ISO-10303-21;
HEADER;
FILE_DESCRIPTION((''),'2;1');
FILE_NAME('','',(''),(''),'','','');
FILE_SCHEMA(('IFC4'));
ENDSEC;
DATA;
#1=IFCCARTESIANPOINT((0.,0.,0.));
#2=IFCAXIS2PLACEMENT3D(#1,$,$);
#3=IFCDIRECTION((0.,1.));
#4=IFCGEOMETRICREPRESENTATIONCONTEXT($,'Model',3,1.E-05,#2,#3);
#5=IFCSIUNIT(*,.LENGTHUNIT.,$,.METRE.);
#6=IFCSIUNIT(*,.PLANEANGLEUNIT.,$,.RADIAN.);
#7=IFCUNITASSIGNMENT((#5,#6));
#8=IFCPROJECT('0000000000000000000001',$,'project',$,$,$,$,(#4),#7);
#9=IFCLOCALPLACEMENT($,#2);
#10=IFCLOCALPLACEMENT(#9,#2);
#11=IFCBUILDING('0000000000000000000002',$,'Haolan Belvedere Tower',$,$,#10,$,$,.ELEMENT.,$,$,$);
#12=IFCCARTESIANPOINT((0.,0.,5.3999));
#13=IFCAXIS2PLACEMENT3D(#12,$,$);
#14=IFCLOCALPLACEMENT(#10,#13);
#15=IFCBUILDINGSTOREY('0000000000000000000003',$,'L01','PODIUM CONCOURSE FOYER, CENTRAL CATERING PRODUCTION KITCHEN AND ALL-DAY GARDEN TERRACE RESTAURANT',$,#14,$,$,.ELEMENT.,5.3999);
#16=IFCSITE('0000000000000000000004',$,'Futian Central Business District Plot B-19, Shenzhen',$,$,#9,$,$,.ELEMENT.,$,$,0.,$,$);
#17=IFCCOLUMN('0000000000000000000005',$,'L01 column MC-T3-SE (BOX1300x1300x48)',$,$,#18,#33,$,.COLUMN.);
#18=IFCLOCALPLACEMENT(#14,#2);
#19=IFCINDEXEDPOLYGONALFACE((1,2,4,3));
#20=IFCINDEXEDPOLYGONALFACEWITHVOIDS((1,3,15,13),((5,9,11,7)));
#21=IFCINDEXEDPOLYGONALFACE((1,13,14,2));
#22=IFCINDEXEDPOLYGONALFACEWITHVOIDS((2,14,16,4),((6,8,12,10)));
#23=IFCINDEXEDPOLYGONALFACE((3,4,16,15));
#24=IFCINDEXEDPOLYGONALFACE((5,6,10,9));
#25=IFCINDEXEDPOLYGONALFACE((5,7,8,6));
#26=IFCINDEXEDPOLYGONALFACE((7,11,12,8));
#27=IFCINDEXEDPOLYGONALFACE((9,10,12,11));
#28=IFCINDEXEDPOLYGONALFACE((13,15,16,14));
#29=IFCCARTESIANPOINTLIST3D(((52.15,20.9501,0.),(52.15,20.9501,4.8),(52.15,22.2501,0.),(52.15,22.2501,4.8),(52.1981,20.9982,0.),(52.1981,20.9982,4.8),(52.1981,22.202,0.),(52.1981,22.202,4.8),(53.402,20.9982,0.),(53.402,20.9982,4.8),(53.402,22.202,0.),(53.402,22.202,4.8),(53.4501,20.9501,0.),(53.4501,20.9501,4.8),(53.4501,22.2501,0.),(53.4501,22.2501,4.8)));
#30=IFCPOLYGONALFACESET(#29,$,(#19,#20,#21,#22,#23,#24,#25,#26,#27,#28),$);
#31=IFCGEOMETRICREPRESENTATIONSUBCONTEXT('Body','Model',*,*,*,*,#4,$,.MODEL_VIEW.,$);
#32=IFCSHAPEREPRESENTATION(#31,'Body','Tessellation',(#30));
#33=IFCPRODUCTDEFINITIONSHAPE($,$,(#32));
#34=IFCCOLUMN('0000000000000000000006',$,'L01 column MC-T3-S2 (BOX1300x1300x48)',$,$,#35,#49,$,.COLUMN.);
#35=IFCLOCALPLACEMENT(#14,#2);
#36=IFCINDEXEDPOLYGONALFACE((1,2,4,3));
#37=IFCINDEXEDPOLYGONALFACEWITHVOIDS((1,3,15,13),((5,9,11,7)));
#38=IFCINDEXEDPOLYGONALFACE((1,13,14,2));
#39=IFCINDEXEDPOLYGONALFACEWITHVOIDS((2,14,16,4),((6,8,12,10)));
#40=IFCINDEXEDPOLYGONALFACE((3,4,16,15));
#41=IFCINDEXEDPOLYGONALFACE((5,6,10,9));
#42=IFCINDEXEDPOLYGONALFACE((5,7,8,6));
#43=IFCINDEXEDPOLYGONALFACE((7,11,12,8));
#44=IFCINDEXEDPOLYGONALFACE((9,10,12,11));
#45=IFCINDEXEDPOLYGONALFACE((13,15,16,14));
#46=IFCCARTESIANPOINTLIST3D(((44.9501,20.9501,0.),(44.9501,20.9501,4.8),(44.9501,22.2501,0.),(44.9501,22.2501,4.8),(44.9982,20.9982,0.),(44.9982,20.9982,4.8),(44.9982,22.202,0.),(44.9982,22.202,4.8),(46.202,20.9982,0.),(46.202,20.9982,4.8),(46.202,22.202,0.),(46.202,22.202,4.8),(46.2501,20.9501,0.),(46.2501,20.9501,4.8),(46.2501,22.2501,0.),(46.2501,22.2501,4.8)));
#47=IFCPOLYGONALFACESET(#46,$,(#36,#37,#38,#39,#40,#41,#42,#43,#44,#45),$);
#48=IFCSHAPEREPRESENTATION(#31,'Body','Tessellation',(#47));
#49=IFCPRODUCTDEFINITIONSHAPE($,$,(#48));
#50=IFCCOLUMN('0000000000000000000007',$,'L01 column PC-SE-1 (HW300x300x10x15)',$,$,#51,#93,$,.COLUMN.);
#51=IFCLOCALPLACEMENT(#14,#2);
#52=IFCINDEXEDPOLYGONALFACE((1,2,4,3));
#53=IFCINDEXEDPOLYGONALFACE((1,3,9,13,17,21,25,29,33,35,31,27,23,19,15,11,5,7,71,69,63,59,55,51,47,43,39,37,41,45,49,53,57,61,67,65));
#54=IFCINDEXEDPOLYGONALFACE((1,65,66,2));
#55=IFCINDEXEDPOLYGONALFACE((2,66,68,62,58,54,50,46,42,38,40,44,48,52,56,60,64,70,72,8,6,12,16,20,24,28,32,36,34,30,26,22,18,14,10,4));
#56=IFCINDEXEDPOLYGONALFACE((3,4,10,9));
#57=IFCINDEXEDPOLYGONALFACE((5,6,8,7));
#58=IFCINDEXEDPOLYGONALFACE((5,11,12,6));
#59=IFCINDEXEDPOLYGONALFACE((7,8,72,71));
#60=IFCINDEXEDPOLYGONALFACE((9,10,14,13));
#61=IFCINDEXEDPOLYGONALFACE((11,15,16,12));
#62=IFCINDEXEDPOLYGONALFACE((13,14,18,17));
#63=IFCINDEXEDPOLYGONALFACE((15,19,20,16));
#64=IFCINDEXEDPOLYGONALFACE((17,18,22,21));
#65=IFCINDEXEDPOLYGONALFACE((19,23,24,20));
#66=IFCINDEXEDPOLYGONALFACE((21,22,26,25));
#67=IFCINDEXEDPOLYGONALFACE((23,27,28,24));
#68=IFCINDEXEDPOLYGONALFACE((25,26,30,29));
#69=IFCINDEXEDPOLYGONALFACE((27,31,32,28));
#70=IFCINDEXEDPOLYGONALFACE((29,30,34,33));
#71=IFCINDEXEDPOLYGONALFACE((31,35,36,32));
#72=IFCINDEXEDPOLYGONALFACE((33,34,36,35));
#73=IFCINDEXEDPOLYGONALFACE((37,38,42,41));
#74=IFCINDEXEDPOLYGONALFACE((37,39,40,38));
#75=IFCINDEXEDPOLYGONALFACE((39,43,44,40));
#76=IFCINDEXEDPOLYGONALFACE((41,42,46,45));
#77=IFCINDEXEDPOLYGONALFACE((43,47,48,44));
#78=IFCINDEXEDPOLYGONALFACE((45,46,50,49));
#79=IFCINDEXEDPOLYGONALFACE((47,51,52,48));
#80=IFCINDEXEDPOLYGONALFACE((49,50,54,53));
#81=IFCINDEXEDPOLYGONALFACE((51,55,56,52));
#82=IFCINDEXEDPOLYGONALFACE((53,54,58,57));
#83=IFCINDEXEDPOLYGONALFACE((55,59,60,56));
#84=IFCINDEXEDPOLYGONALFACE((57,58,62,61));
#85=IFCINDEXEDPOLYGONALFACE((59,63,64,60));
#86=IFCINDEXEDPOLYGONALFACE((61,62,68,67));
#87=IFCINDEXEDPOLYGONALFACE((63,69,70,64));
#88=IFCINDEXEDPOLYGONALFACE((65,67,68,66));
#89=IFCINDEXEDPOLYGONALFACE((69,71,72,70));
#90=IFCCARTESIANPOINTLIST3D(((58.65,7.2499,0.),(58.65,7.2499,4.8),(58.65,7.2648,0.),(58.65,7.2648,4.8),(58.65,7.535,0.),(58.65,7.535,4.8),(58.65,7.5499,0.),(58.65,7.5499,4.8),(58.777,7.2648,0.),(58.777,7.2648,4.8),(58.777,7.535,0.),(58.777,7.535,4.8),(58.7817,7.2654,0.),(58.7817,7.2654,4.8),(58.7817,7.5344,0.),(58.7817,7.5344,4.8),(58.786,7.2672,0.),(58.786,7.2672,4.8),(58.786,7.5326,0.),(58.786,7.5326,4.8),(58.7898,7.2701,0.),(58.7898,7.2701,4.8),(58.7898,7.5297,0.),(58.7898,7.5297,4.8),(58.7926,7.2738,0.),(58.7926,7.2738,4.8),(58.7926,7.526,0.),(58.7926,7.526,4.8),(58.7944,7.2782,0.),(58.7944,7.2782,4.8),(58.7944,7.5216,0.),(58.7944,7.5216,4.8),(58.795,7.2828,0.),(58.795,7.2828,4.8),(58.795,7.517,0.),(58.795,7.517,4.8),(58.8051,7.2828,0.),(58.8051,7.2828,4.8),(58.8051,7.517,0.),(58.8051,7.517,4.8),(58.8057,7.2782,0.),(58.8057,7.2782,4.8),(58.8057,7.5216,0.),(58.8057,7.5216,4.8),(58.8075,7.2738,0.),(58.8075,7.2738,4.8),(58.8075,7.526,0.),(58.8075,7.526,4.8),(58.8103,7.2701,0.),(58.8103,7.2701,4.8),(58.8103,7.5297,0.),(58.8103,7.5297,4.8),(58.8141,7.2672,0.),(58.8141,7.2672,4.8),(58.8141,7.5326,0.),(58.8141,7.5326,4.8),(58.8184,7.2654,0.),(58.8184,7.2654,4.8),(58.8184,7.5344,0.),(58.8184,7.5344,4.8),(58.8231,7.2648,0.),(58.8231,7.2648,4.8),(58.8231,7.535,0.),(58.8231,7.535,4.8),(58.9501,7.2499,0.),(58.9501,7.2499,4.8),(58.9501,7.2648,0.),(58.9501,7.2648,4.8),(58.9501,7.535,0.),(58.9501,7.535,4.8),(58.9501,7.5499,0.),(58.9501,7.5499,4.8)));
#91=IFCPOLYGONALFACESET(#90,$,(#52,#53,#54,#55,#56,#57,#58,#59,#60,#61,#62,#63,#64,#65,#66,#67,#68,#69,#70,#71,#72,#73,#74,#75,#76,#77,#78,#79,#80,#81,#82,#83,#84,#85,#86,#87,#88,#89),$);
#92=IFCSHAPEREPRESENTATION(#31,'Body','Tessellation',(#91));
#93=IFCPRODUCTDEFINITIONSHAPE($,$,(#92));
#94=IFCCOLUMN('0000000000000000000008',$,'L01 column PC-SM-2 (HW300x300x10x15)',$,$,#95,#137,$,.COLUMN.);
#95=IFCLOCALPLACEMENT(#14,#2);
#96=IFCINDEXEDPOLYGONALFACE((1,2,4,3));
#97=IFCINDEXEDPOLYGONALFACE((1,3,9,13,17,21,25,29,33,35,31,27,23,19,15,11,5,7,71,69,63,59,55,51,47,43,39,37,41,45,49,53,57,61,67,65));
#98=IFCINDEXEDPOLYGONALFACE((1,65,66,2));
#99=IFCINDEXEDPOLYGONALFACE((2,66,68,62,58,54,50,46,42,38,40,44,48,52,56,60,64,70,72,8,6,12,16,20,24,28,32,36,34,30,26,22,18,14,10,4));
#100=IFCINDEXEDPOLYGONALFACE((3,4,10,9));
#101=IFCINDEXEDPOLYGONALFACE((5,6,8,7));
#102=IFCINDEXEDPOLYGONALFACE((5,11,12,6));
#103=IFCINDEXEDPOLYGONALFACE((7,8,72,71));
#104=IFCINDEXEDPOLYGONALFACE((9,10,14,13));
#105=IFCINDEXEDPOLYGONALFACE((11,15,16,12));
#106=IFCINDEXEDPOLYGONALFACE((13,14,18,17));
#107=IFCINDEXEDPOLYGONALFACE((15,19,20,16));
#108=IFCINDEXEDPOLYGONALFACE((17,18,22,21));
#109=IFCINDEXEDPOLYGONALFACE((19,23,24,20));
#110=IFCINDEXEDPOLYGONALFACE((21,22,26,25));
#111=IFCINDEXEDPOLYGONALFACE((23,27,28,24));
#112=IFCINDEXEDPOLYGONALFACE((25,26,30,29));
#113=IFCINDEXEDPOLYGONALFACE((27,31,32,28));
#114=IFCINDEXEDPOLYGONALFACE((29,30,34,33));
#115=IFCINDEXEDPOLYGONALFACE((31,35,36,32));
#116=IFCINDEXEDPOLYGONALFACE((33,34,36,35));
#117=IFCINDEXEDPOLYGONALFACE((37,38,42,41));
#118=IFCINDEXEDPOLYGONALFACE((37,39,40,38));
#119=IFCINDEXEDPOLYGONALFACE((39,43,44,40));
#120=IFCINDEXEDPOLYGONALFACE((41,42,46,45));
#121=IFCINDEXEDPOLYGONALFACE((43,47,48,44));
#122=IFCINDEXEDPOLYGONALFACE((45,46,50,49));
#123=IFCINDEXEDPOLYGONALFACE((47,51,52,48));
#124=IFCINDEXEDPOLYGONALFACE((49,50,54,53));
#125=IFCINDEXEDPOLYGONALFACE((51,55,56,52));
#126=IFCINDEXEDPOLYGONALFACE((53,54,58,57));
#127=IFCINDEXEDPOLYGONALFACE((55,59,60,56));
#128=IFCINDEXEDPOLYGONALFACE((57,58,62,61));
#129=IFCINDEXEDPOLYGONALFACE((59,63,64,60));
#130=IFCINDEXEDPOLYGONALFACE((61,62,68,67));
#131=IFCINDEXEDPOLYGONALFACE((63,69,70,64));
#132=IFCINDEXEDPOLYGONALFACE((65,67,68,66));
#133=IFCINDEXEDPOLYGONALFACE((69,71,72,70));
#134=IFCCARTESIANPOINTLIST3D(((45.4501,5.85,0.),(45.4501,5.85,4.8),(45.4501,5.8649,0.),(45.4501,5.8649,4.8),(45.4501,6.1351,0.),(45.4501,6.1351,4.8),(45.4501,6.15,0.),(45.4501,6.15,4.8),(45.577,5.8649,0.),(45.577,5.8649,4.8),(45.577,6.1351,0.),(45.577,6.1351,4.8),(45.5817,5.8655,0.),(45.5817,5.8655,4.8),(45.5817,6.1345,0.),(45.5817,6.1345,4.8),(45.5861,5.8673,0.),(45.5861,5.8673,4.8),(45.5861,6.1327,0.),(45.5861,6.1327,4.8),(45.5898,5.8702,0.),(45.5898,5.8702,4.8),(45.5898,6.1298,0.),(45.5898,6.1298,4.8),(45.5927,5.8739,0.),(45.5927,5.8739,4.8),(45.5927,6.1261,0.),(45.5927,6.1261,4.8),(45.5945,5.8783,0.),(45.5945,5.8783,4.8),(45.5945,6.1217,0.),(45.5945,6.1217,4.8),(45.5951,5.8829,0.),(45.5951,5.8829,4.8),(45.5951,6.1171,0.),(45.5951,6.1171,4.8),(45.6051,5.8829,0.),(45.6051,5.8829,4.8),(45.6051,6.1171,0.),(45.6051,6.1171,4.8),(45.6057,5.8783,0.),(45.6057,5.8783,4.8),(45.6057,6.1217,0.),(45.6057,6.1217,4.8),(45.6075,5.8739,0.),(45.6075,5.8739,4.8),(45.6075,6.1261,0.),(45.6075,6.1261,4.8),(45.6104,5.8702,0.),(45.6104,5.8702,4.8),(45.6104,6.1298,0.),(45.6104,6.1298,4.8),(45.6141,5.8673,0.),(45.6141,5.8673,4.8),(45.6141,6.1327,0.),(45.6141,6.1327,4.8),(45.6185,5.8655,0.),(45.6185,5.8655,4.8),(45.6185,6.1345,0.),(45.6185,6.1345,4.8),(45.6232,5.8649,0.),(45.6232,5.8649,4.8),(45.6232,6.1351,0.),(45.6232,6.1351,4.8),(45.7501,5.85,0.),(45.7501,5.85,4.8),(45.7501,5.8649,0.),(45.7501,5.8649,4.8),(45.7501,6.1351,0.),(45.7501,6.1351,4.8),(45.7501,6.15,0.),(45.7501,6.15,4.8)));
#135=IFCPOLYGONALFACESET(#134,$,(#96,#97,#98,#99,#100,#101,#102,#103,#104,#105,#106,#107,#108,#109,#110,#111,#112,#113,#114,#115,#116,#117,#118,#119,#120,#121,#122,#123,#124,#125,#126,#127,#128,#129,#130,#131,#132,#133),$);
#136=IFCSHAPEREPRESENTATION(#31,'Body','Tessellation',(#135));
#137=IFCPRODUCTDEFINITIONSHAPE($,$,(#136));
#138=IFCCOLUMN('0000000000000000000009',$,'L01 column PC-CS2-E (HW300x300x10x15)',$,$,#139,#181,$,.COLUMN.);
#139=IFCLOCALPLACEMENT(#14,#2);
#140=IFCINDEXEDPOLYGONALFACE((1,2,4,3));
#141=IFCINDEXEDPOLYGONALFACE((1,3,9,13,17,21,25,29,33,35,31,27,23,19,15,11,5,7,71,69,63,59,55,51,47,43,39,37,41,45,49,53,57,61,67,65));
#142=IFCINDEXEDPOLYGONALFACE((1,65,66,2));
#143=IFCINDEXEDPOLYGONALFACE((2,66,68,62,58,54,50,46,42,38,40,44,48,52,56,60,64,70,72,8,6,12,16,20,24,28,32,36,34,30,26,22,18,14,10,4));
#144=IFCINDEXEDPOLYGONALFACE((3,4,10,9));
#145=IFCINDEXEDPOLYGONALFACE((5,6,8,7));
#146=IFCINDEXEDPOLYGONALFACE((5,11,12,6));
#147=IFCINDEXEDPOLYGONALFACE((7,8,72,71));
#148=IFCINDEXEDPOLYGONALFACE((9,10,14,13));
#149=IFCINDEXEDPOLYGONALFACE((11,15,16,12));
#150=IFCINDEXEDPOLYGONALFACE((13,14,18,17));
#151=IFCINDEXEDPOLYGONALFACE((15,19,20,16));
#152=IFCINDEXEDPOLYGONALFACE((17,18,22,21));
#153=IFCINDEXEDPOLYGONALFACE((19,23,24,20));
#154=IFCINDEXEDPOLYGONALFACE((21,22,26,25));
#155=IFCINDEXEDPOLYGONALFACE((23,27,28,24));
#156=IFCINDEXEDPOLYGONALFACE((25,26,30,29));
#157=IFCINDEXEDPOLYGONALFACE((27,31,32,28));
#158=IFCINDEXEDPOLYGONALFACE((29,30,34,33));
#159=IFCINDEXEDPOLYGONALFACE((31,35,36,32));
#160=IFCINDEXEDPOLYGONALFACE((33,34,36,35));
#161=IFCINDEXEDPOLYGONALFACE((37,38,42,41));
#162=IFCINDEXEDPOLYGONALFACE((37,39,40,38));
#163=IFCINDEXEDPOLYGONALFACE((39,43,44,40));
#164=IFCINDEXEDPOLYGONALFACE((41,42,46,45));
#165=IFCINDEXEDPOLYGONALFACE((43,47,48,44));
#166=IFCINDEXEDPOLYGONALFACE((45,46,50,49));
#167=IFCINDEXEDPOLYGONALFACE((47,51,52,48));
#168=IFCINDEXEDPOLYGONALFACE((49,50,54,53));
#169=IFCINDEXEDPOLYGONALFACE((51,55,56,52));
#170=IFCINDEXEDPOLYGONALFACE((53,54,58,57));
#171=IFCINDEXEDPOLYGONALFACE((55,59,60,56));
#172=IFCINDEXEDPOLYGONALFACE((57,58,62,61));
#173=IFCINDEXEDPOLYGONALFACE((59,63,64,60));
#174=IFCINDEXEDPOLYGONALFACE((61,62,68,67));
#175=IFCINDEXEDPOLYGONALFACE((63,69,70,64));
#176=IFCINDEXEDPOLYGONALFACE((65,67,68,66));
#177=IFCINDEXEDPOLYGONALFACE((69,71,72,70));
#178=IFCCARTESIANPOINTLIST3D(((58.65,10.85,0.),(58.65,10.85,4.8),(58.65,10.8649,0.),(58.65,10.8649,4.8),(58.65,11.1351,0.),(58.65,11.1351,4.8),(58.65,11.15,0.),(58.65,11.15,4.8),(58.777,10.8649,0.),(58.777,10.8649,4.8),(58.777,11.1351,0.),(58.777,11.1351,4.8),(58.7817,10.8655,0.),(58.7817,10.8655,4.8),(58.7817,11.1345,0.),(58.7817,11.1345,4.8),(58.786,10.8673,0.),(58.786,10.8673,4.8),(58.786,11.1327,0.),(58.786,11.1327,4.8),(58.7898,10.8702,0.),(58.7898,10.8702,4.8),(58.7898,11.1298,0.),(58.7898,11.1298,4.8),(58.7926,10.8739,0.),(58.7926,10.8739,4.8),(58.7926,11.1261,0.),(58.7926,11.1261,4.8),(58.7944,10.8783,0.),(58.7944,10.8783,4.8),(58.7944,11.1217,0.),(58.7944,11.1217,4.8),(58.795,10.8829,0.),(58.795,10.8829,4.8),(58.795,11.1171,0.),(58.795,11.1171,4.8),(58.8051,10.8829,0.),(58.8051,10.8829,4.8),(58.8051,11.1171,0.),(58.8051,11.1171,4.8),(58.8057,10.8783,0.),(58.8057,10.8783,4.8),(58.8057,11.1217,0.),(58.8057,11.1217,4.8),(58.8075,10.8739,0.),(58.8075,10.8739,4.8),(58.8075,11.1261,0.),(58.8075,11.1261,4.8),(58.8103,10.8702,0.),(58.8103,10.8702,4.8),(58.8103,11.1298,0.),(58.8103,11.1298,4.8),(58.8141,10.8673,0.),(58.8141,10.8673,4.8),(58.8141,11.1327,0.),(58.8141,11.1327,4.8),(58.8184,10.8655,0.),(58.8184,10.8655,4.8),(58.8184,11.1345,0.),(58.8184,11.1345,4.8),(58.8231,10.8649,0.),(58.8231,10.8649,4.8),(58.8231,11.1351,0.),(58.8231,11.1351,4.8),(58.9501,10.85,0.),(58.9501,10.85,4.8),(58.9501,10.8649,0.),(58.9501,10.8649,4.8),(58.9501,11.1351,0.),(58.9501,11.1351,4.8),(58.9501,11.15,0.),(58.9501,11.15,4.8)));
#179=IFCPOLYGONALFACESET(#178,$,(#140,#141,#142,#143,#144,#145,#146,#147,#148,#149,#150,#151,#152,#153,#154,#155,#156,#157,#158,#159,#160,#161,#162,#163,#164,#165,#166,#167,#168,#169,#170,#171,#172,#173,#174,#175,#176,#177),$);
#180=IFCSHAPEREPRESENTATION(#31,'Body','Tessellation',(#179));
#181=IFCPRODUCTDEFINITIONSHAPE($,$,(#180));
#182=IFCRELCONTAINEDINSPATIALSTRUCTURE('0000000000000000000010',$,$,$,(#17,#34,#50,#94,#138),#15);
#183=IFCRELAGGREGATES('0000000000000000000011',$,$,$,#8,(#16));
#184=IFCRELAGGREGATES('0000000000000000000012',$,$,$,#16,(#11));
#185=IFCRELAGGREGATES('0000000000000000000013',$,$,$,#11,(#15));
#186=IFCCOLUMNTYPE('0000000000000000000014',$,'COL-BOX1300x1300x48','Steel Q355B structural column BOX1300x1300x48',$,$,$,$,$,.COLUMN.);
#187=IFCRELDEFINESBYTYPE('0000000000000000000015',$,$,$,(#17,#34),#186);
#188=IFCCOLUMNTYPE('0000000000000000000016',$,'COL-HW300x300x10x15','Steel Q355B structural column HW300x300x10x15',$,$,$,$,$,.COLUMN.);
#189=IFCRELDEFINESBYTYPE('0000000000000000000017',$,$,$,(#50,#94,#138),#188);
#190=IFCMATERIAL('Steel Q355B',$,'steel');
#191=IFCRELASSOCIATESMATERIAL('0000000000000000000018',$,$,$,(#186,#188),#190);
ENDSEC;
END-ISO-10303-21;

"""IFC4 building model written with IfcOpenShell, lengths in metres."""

from ifc_helpers import new_model, si_unit, direction, frame, origin, origin_2d, place, context, subcontext, project, spatial, hollow_rectangle, i_section, extrude, material, material_profile, profile_set, type_object, element, save


model = new_model("IFC4")

# Units and contexts
model_context = context("Model", 3, precision=1e-05, world=origin(), true_north=direction((0.0, 1.0)))
body_context = subcontext(model_context, "Body", "Model", "MODEL_VIEW")
ifc_project = project(units=[si_unit("LENGTHUNIT", "METRE"), si_unit("PLANEANGLEUNIT", "RADIAN")], contexts=[model_context])

# Site, building, storey
site_placement = place(None, origin())
site = spatial("IfcSite", under=ifc_project, at=site_placement, Name="Futian Central Business District Plot B-19, Shenzhen", CompositionType="ELEMENT", RefElevation=0.0)
building_placement = place(site_placement, origin())
building = spatial("IfcBuilding", under=site, at=building_placement, Name="Haolan Belvedere Tower", CompositionType="ELEMENT")
storey_placement = place(building_placement, frame((0.0, 0.0, 5.3999)))
storey = spatial("IfcBuildingStorey", under=building, at=storey_placement, Name="L01", Description="PODIUM CONCOURSE FOYER, CENTRAL CATERING PRODUCTION KITCHEN AND ALL-DAY GARDEN TERRACE RESTAURANT", CompositionType="ELEMENT", Elevation=5.3999)

# Columns
ifc_material_1 = material(Name="Steel Q355B", Category="steel")
ifc_material_profile_1 = material_profile(ifc_material_1, hollow_rectangle(XDim=1.3, YDim=1.3, WallThickness=0.0481, at=origin_2d()), Name="Steel Q355B")
ifc_profile_set_1 = profile_set([ifc_material_profile_1], Name="Steel Q355B")
column_type_1 = type_object("IfcColumnType", Name="COL-BOX1300x1300x48", Description="Steel Q355B structural column BOX1300x1300x48", PredefinedType="COLUMN", material=ifc_profile_set_1)
for number, where, z_axis, x_axis, name in (
    (1, (52.8, 21.6001, 0.0), (0.0, 0.0, 1.0), (1.0, 0.0, 0.0), "L01 column MC-T3-SE (BOX1300x1300x48)"),
    (2, (45.6001, 21.6001, 0.0), (0.0, 0.0, 1.0), (1.0, 0.0, 0.0), "L01 column MC-T3-S2 (BOX1300x1300x48)"),
):
    element("IfcColumn", number, at=place(storey_placement, frame(where, z_axis=z_axis, x_axis=x_axis)), inside=storey, type_object=column_type_1, Name=name, PredefinedType="COLUMN", context=body_context, shape_type="SweptSolid", body=[
        extrude(hollow_rectangle(XDim=1.3, YDim=1.3, WallThickness=0.0481, at=origin_2d()), origin(), (0.0, 0.0, 1.0), 4.8),
    ])
ifc_material_profile_2 = material_profile(ifc_material_1, i_section(OverallWidth=0.3, OverallDepth=0.3, WebThickness=0.01, FlangeThickness=0.0149, FilletRadius=0.0181, at=origin_2d()), Name="Steel Q355B")
ifc_profile_set_2 = profile_set([ifc_material_profile_2], Name="Steel Q355B")
column_type_2 = type_object("IfcColumnType", Name="COL-HW300x300x10x15", Description="Steel Q355B structural column HW300x300x10x15", PredefinedType="COLUMN", material=ifc_profile_set_2)
for number, where, z_axis, x_axis, name in (
    (3, (58.8, 7.3999, 0.0), (0.0, 0.0, 1.0), (1.0, 0.0, 0.0), "L01 column PC-SE-1 (HW300x300x10x15)"),
    (4, (45.6001, 6.0, 0.0), (0.0, 0.0, 1.0), (1.0, 0.0, 0.0), "L01 column PC-SM-2 (HW300x300x10x15)"),
    (5, (58.8, 11.0, 0.0), (0.0, 0.0, 1.0), (1.0, 0.0, 0.0), "L01 column PC-CS2-E (HW300x300x10x15)"),
):
    element("IfcColumn", number, at=place(storey_placement, frame(where, z_axis=z_axis, x_axis=x_axis)), inside=storey, type_object=column_type_2, Name=name, PredefinedType="COLUMN", context=body_context, shape_type="SweptSolid", body=[
        extrude(i_section(OverallWidth=0.3, OverallDepth=0.3, WebThickness=0.01, FlangeThickness=0.0149, FilletRadius=0.0181, at=origin_2d()), origin(), (0.0, 0.0, 1.0), 4.8),
    ])

save(model, "model.ifc")
